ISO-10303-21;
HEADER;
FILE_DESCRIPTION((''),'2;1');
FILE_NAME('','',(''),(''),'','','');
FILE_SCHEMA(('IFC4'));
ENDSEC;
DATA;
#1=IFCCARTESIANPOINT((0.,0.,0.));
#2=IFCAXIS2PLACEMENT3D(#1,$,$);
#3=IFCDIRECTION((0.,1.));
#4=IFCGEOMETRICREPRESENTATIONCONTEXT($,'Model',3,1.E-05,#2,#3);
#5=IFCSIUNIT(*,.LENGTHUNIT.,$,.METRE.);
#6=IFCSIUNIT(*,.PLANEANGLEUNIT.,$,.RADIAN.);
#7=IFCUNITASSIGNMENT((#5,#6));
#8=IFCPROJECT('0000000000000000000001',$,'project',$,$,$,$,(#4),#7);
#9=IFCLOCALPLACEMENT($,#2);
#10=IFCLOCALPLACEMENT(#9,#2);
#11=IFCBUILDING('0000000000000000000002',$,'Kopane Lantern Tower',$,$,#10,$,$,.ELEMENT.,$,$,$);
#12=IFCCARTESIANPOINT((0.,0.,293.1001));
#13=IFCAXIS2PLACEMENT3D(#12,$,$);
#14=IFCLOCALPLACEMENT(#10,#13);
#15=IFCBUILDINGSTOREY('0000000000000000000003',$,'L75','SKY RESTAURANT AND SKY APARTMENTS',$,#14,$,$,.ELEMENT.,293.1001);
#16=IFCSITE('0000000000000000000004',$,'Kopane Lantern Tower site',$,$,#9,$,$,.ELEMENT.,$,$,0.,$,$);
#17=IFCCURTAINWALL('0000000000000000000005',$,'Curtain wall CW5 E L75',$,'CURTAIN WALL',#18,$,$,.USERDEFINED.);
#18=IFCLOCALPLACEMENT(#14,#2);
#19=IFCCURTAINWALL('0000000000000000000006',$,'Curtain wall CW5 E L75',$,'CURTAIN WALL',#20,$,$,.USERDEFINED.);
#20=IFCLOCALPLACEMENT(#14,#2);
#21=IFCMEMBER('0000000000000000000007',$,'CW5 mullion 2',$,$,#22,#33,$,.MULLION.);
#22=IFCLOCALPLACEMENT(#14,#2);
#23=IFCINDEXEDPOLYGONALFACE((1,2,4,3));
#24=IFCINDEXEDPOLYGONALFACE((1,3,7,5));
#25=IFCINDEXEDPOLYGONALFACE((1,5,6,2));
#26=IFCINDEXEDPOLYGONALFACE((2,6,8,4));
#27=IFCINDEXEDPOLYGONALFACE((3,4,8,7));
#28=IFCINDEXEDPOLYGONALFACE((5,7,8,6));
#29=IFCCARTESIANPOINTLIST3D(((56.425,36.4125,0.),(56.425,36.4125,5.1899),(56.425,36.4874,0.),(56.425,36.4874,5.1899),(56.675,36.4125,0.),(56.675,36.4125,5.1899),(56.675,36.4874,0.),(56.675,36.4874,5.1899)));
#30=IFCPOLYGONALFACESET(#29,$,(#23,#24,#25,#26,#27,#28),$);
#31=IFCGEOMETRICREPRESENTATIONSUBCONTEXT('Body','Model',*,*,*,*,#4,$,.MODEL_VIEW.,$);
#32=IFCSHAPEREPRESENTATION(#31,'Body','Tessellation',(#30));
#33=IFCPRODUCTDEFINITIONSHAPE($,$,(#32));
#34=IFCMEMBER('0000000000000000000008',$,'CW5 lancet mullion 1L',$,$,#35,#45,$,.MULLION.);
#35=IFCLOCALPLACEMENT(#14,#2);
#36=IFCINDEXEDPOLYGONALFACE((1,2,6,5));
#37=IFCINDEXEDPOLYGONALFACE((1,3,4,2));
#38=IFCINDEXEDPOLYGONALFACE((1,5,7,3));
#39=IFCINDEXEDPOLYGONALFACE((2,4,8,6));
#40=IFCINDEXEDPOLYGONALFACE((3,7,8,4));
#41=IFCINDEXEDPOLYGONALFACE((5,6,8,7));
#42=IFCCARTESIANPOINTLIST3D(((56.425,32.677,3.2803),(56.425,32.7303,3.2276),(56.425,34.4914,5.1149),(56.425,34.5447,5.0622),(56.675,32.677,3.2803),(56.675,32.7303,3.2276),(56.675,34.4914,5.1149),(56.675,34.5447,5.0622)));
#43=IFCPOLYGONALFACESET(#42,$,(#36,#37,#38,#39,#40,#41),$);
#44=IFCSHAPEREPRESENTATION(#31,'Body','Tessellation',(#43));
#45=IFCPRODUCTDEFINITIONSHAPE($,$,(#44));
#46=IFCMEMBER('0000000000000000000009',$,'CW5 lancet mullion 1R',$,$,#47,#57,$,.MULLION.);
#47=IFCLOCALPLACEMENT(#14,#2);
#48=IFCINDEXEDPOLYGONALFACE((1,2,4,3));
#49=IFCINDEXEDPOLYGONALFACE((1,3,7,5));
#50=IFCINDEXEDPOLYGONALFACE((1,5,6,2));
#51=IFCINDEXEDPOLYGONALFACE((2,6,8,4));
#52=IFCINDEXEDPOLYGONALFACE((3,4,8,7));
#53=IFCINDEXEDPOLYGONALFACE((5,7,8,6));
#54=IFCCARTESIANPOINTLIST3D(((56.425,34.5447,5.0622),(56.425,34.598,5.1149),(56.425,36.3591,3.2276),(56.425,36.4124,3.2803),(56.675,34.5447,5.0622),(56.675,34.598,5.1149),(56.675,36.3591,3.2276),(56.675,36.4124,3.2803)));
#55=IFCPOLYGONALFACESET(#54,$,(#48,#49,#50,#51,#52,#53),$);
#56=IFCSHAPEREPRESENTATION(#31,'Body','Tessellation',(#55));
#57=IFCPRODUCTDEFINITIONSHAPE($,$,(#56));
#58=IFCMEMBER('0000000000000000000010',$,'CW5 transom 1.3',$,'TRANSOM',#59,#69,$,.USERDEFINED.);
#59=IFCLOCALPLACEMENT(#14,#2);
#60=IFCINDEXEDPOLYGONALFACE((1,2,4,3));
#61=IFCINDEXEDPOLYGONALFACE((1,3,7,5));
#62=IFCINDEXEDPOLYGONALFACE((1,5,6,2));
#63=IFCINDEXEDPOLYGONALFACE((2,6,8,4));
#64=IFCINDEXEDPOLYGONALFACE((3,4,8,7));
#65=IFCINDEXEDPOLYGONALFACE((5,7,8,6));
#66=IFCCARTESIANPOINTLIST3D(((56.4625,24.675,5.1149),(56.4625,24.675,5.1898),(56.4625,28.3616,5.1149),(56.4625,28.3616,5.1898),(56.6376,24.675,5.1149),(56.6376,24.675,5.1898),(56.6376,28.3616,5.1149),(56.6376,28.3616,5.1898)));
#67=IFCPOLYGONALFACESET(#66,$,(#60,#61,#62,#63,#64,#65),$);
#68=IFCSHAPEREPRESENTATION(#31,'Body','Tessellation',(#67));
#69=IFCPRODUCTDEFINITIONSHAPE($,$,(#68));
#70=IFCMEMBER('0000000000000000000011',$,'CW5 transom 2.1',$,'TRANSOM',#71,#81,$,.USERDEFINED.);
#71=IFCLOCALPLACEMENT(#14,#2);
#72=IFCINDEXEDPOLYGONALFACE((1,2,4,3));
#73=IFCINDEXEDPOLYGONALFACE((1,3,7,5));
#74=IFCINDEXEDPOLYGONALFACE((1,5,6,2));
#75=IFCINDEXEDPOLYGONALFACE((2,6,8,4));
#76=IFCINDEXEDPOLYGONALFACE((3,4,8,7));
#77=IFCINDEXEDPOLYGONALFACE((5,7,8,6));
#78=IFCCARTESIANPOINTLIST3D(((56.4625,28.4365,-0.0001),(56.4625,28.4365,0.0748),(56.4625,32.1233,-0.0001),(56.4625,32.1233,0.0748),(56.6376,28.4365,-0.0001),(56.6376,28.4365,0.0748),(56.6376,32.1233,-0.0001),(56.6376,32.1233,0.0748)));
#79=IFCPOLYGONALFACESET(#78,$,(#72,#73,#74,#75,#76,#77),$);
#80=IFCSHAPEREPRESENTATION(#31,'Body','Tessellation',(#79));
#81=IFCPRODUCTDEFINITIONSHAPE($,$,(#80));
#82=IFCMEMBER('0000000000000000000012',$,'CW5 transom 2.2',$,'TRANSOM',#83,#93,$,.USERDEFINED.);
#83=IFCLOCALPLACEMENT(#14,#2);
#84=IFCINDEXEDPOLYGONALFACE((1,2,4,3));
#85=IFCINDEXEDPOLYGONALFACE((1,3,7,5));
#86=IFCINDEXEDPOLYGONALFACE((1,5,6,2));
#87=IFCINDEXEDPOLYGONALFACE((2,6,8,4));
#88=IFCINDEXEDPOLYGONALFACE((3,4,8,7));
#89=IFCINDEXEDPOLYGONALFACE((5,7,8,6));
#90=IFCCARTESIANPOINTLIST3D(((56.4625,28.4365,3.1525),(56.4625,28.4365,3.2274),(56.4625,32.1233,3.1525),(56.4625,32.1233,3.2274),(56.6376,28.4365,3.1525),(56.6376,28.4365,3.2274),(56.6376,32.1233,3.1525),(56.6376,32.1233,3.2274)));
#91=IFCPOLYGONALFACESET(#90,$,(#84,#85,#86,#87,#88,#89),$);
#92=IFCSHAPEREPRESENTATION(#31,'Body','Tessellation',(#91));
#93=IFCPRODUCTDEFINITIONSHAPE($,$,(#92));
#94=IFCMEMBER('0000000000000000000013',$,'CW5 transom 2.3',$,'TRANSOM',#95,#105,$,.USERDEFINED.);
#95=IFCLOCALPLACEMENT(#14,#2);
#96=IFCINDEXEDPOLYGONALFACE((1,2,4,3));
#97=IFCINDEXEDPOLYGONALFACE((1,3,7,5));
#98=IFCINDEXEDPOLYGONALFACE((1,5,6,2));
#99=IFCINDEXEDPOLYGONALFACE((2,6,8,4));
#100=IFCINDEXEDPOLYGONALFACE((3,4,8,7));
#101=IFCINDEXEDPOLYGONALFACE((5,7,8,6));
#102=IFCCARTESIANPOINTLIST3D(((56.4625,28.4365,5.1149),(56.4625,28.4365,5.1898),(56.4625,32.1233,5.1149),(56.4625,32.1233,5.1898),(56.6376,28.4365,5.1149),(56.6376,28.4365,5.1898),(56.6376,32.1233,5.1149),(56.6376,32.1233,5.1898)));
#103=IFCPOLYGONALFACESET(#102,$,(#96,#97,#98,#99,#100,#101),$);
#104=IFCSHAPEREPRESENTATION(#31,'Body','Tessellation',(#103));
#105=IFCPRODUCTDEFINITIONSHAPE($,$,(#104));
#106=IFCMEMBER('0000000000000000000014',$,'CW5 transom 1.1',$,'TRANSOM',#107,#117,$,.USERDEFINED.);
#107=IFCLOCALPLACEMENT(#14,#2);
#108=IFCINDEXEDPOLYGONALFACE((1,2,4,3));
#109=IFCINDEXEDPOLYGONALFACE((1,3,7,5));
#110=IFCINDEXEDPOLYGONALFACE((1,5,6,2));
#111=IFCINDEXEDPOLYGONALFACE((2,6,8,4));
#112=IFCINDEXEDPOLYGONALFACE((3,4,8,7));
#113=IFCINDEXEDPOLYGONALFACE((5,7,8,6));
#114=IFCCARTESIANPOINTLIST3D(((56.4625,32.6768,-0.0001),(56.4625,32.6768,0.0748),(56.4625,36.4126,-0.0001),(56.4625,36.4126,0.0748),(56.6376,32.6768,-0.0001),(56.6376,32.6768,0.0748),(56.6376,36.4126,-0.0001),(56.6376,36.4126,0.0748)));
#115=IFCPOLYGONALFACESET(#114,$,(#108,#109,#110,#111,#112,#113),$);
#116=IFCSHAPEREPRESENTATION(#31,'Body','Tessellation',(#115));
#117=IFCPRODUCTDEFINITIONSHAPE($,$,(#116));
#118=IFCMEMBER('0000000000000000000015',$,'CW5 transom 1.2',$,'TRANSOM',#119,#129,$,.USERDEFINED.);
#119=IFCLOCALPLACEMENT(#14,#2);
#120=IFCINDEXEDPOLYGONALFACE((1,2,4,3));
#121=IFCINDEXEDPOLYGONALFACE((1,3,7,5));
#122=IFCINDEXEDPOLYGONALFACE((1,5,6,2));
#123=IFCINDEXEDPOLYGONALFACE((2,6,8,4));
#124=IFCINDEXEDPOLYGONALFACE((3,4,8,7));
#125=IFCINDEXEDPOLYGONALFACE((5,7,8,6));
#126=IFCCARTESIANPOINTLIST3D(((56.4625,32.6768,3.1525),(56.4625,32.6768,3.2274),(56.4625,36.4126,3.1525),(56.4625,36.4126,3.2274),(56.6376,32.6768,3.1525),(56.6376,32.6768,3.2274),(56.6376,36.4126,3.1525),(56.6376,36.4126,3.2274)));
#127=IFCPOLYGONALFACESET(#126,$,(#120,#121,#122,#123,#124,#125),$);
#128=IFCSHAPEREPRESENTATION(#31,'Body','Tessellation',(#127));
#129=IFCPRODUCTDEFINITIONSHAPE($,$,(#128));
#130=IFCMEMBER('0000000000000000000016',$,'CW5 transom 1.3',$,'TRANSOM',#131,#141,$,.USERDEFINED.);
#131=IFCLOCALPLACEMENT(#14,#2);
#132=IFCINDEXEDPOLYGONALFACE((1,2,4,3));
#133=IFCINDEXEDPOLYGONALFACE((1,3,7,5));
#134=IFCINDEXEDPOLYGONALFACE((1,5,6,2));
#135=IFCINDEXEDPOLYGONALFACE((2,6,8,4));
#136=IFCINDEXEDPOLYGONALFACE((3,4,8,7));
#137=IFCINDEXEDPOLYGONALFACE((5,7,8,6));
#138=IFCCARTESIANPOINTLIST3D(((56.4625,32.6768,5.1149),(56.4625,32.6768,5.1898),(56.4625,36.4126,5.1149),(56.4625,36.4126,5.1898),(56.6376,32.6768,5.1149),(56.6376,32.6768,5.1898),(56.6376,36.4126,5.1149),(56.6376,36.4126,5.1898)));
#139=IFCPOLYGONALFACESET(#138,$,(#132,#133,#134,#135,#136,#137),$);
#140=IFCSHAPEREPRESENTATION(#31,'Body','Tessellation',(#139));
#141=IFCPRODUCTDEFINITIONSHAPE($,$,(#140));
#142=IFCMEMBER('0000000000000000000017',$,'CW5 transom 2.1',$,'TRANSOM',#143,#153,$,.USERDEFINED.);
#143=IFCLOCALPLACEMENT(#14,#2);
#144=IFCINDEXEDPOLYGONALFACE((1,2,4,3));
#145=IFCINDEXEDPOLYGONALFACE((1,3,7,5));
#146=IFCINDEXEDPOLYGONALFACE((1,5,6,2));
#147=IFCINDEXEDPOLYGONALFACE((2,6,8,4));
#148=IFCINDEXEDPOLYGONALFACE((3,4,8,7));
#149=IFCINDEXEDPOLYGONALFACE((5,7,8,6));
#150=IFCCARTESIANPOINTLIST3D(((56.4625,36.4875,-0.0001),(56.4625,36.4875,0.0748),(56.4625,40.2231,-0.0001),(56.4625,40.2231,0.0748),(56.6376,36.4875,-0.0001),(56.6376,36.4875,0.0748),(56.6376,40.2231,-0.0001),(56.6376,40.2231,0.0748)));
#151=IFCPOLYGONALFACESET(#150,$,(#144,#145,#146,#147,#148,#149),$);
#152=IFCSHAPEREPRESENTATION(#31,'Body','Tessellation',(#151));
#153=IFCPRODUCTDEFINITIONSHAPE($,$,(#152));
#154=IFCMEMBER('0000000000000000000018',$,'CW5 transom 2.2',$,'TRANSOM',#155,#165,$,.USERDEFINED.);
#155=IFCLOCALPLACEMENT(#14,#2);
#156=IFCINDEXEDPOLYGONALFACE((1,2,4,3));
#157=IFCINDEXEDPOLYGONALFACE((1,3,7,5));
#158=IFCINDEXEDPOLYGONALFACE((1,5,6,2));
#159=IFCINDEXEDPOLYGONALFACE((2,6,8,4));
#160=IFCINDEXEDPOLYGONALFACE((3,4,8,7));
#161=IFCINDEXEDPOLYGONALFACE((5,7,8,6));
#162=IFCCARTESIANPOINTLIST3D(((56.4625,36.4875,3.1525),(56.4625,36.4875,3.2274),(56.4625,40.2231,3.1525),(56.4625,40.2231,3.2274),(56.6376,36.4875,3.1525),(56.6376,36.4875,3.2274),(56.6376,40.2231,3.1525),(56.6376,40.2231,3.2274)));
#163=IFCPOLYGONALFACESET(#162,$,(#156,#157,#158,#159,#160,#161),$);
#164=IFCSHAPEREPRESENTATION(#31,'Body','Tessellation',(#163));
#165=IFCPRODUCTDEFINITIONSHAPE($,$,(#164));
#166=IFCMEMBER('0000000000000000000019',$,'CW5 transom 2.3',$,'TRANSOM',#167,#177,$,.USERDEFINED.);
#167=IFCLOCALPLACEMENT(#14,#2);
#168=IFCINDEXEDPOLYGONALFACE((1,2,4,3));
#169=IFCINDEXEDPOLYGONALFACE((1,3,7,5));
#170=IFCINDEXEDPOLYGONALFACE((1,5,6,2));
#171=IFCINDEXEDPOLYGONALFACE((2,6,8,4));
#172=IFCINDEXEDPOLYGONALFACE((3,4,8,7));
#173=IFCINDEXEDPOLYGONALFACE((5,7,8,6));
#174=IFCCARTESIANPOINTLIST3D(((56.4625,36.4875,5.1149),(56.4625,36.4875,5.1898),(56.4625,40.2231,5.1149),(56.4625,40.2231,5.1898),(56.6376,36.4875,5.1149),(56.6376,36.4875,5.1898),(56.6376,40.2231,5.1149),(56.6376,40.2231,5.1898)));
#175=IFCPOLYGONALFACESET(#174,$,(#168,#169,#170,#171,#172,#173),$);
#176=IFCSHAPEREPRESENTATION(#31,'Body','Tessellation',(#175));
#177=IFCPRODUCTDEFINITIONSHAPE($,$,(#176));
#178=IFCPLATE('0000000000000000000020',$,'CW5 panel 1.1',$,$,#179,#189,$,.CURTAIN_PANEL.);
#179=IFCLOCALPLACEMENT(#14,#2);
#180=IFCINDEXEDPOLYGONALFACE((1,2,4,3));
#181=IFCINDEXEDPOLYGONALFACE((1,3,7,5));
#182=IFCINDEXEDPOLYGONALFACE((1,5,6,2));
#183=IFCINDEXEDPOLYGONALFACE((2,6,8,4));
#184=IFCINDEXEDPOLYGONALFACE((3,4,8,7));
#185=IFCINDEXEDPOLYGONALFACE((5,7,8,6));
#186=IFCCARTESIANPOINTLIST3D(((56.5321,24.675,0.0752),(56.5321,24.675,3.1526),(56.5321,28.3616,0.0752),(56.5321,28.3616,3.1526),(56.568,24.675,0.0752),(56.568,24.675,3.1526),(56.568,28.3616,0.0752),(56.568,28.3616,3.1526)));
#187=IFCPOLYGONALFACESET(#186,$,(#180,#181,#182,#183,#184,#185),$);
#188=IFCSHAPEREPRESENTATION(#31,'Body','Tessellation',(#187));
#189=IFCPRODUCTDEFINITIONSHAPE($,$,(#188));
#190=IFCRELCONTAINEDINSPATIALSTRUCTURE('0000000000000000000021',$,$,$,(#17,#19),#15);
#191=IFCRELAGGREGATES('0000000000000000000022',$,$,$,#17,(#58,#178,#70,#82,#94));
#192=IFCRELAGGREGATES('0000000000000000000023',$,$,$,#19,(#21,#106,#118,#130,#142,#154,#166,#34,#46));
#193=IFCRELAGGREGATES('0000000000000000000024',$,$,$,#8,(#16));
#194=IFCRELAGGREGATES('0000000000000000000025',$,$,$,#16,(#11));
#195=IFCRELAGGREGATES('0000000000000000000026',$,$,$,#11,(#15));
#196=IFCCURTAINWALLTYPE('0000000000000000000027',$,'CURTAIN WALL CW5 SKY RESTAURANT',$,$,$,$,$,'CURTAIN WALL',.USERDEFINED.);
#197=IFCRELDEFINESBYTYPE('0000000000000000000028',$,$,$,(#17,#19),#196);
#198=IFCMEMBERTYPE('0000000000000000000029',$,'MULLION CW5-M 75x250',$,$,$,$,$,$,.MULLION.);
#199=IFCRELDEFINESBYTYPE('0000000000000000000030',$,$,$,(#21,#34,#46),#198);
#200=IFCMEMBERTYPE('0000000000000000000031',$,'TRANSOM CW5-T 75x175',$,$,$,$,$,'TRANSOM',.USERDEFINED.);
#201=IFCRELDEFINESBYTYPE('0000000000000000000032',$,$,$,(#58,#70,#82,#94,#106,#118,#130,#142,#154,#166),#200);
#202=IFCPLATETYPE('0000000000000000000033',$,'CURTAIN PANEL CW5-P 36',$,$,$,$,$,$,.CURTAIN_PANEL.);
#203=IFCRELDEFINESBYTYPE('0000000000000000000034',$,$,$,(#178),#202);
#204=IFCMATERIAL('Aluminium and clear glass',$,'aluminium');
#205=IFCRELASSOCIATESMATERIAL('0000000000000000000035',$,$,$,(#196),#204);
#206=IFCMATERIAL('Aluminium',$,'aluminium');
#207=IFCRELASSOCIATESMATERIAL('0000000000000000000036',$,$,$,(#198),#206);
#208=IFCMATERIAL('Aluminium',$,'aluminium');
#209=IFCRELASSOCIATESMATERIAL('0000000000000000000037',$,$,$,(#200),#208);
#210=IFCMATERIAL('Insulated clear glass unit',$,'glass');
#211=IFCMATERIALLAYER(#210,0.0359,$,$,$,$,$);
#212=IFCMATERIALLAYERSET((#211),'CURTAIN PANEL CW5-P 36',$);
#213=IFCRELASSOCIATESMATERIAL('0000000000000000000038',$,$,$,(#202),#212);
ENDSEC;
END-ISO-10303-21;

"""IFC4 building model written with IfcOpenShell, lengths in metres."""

from ifc_helpers import new_model, si_unit, direction, frame, origin, origin_2d, place, context, subcontext, project, spatial, rectangle, extrude, material, layer, layer_set, material_profile, profile_set, type_object, element, aggregate, save


model = new_model("IFC4")

# Units and contexts
model_context = context("Model", 3, precision=1e-05, world=origin(), true_north=direction((0.0, 1.0)))
body_context = subcontext(model_context, "Body", "Model", "MODEL_VIEW")
ifc_project = project(units=[si_unit("LENGTHUNIT", "METRE"), si_unit("PLANEANGLEUNIT", "RADIAN")], contexts=[model_context])

# Site, building, storey
site_placement = place(None, origin())
site = spatial("IfcSite", under=ifc_project, at=site_placement, Name="Kopane Lantern Tower site", CompositionType="ELEMENT", RefElevation=0.0)
building_placement = place(site_placement, origin())
building = spatial("IfcBuilding", under=site, at=building_placement, Name="Kopane Lantern Tower", CompositionType="ELEMENT")
storey_placement = place(building_placement, frame((0.0, 0.0, 293.1001)))
storey = spatial("IfcBuildingStorey", under=building, at=storey_placement, Name="L75", Description="SKY RESTAURANT AND SKY APARTMENTS", CompositionType="ELEMENT", Elevation=293.1001)

# Curtain walls, members
ifc_material_1 = material(Name="Aluminium and clear glass", Category="aluminium")
curtain_wall_type = type_object("IfcCurtainWallType", Name="CURTAIN WALL CW5 SKY RESTAURANT", ElementType="CURTAIN WALL", PredefinedType="USERDEFINED", material=ifc_material_1)
curtain_wall_1_placement = place(storey_placement, origin())
curtain_wall_1 = element("IfcCurtainWall", 1, at=curtain_wall_1_placement, inside=storey, type_object=curtain_wall_type, Name="Curtain wall CW5 E L75", ObjectType="CURTAIN WALL", PredefinedType="USERDEFINED")
ifc_material_2 = material(Name="Aluminium", Category="aluminium")
ifc_material_profile_1 = material_profile(ifc_material_2, rectangle(XDim=0.075, YDim=0.25, at=origin_2d()), Name="AL 75x250")
ifc_profile_set_1 = profile_set([ifc_material_profile_1], Name="Aluminium")
member_type_1 = type_object("IfcMemberType", Name="MULLION CW5-M 75x250", PredefinedType="MULLION", material=ifc_profile_set_1)
curtain_wall_2_placement = place(storey_placement, origin())
curtain_wall_2 = element("IfcCurtainWall", 2, at=curtain_wall_2_placement, inside=storey, type_object=curtain_wall_type, Name="Curtain wall CW5 E L75", ObjectType="CURTAIN WALL", PredefinedType="USERDEFINED")
member_1_placement = place(storey_placement, frame((56.55, 36.45, 0.0), z_axis=(0.0, 0.0, 1.0), x_axis=(0.0, 1.0, 0.0)))
member_1 = element("IfcMember", 3, at=member_1_placement, type_object=member_type_1, Name="CW5 mullion 2", PredefinedType="MULLION", context=body_context, shape_type="SweptSolid", body=[
    extrude(rectangle(XDim=0.075, YDim=0.25, at=origin_2d()), origin(), (0.0, 0.0, 1.0), 5.1899),
])
member_2_placement = place(storey_placement, frame((56.55, 32.7036, 3.2539), z_axis=(0.0, 0.703169, 0.711022), x_axis=(0.0, -0.711022, 0.703169)))
member_2 = element("IfcMember", 4, at=member_2_placement, type_object=member_type_1, Name="CW5 lancet mullion 1L", PredefinedType="MULLION", context=body_context, shape_type="SweptSolid", body=[
    extrude(rectangle(XDim=0.075, YDim=0.25, at=origin_2d()), origin(), (0.0, 0.0, 1.0), 2.5803),
])
member_3_placement = place(storey_placement, frame((56.55, 36.3857, 3.2539), z_axis=(0.0, -0.703169, 0.711022), x_axis=(0.0, 0.711022, 0.703169)))
member_3 = element("IfcMember", 5, at=member_3_placement, type_object=member_type_1, Name="CW5 lancet mullion 1R", PredefinedType="MULLION", context=body_context, shape_type="SweptSolid", body=[
    extrude(rectangle(XDim=0.075, YDim=0.25, at=origin_2d()), origin(), (0.0, 0.0, 1.0), 2.5803),
])

# Members
ifc_material_3 = material(Name="Aluminium", Category="aluminium")
ifc_material_profile_2 = material_profile(ifc_material_3, rectangle(XDim=0.175, YDim=0.075, at=origin_2d()), Name="AL 175x75")
ifc_profile_set_2 = profile_set([ifc_material_profile_2], Name="Aluminium")
member_type_2 = type_object("IfcMemberType", Name="TRANSOM CW5-T 75x175", ElementType="TRANSOM", PredefinedType="USERDEFINED", material=ifc_profile_set_2)
member_4_placement = place(storey_placement, frame((56.55, 24.675, 5.1523), z_axis=(0.0, 1.0, 0.0), x_axis=(-1.0, 0.0, 0.0)))
member_4 = element("IfcMember", 6, at=member_4_placement, type_object=member_type_2, Name="CW5 transom 1.3", ObjectType="TRANSOM", PredefinedType="USERDEFINED", context=body_context, shape_type="SweptSolid", body=[
    extrude(rectangle(XDim=0.175, YDim=0.075, at=origin_2d()), origin(), (0.0, 0.0, 1.0), 3.6865),
])
member_5_placement = place(storey_placement, frame((56.55, 28.4365, 0.0374), z_axis=(0.0, 1.0, 0.0), x_axis=(-1.0, 0.0, 0.0)))
member_5 = element("IfcMember", 7, at=member_5_placement, type_object=member_type_2, Name="CW5 transom 2.1", ObjectType="TRANSOM", PredefinedType="USERDEFINED", context=body_context, shape_type="SweptSolid", body=[
    extrude(rectangle(XDim=0.175, YDim=0.075, at=origin_2d()), origin(), (0.0, 0.0, 1.0), 3.6868),
])
member_6_placement = place(storey_placement, frame((56.55, 28.4365, 3.1899), z_axis=(0.0, 1.0, 0.0), x_axis=(-1.0, 0.0, 0.0)))
member_6 = element("IfcMember", 8, at=member_6_placement, type_object=member_type_2, Name="CW5 transom 2.2", ObjectType="TRANSOM", PredefinedType="USERDEFINED", context=body_context, shape_type="SweptSolid", body=[
    extrude(rectangle(XDim=0.175, YDim=0.075, at=origin_2d()), origin(), (0.0, 0.0, 1.0), 3.6868),
])
member_7_placement = place(storey_placement, frame((56.55, 28.4365, 5.1523), z_axis=(0.0, 1.0, 0.0), x_axis=(-1.0, 0.0, 0.0)))
member_7 = element("IfcMember", 9, at=member_7_placement, type_object=member_type_2, Name="CW5 transom 2.3", ObjectType="TRANSOM", PredefinedType="USERDEFINED", context=body_context, shape_type="SweptSolid", body=[
    extrude(rectangle(XDim=0.175, YDim=0.075, at=origin_2d()), origin(), (0.0, 0.0, 1.0), 3.6868),
])
member_8_placement = place(storey_placement, frame((56.55, 32.6768, 0.0374), z_axis=(0.0, 1.0, 0.0), x_axis=(-1.0, 0.0, 0.0)))
member_8 = element("IfcMember", 10, at=member_8_placement, type_object=member_type_2, Name="CW5 transom 1.1", ObjectType="TRANSOM", PredefinedType="USERDEFINED", context=body_context, shape_type="SweptSolid", body=[
    extrude(rectangle(XDim=0.175, YDim=0.075, at=origin_2d()), origin(), (0.0, 0.0, 1.0), 3.7358),
])
member_9_placement = place(storey_placement, frame((56.55, 32.6768, 3.1899), z_axis=(0.0, 1.0, 0.0), x_axis=(-1.0, 0.0, 0.0)))
member_9 = element("IfcMember", 11, at=member_9_placement, type_object=member_type_2, Name="CW5 transom 1.2", ObjectType="TRANSOM", PredefinedType="USERDEFINED", context=body_context, shape_type="SweptSolid", body=[
    extrude(rectangle(XDim=0.175, YDim=0.075, at=origin_2d()), origin(), (0.0, 0.0, 1.0), 3.7358),
])
member_10_placement = place(storey_placement, frame((56.55, 32.6768, 5.1523), z_axis=(0.0, 1.0, 0.0), x_axis=(-1.0, 0.0, 0.0)))
member_10 = element("IfcMember", 12, at=member_10_placement, type_object=member_type_2, Name="CW5 transom 1.3", ObjectType="TRANSOM", PredefinedType="USERDEFINED", context=body_context, shape_type="SweptSolid", body=[
    extrude(rectangle(XDim=0.175, YDim=0.075, at=origin_2d()), origin(), (0.0, 0.0, 1.0), 3.7358),
])
member_11_placement = place(storey_placement, frame((56.55, 36.4875, 0.0374), z_axis=(0.0, 1.0, 0.0), x_axis=(-1.0, 0.0, 0.0)))
member_11 = element("IfcMember", 13, at=member_11_placement, type_object=member_type_2, Name="CW5 transom 2.1", ObjectType="TRANSOM", PredefinedType="USERDEFINED", context=body_context, shape_type="SweptSolid", body=[
    extrude(rectangle(XDim=0.175, YDim=0.075, at=origin_2d()), origin(), (0.0, 0.0, 1.0), 3.7356),
])
member_12_placement = place(storey_placement, frame((56.55, 36.4875, 3.1899), z_axis=(0.0, 1.0, 0.0), x_axis=(-1.0, 0.0, 0.0)))
member_12 = element("IfcMember", 14, at=member_12_placement, type_object=member_type_2, Name="CW5 transom 2.2", ObjectType="TRANSOM", PredefinedType="USERDEFINED", context=body_context, shape_type="SweptSolid", body=[
    extrude(rectangle(XDim=0.175, YDim=0.075, at=origin_2d()), origin(), (0.0, 0.0, 1.0), 3.7356),
])
member_13_placement = place(storey_placement, frame((56.55, 36.4875, 5.1523), z_axis=(0.0, 1.0, 0.0), x_axis=(-1.0, 0.0, 0.0)))
member_13 = element("IfcMember", 15, at=member_13_placement, type_object=member_type_2, Name="CW5 transom 2.3", ObjectType="TRANSOM", PredefinedType="USERDEFINED", context=body_context, shape_type="SweptSolid", body=[
    extrude(rectangle(XDim=0.175, YDim=0.075, at=origin_2d()), origin(), (0.0, 0.0, 1.0), 3.7356),
])

# Plate
ifc_material_4 = material(Name="Insulated clear glass unit", Category="glass")
ifc_layer = layer(ifc_material_4, 0.0359)
ifc_layer_set = layer_set([ifc_layer], Name="CURTAIN PANEL CW5-P 36")
plate_type = type_object("IfcPlateType", Name="CURTAIN PANEL CW5-P 36", PredefinedType="CURTAIN_PANEL", material=ifc_layer_set)
plate_1_placement = place(storey_placement, frame((56.55, 26.5183, 0.0752), z_axis=(0.0, 0.0, 1.0), x_axis=(0.0, 1.0, 0.0)))
plate_1 = element("IfcPlate", 16, at=plate_1_placement, type_object=plate_type, Name="CW5 panel 1.1", PredefinedType="CURTAIN_PANEL", context=body_context, shape_type="SweptSolid", body=[
    extrude(rectangle(XDim=3.6865, YDim=0.0359, at=origin_2d()), origin(), (0.0, 0.0, 1.0), 3.0774),
])
aggregate(curtain_wall_1, [member_4, plate_1, member_5, member_6, member_7])
aggregate(curtain_wall_2, [member_1, member_8, member_9, member_10, member_11, member_12, member_13, member_2, member_3])

save(model, "model.ifc")
